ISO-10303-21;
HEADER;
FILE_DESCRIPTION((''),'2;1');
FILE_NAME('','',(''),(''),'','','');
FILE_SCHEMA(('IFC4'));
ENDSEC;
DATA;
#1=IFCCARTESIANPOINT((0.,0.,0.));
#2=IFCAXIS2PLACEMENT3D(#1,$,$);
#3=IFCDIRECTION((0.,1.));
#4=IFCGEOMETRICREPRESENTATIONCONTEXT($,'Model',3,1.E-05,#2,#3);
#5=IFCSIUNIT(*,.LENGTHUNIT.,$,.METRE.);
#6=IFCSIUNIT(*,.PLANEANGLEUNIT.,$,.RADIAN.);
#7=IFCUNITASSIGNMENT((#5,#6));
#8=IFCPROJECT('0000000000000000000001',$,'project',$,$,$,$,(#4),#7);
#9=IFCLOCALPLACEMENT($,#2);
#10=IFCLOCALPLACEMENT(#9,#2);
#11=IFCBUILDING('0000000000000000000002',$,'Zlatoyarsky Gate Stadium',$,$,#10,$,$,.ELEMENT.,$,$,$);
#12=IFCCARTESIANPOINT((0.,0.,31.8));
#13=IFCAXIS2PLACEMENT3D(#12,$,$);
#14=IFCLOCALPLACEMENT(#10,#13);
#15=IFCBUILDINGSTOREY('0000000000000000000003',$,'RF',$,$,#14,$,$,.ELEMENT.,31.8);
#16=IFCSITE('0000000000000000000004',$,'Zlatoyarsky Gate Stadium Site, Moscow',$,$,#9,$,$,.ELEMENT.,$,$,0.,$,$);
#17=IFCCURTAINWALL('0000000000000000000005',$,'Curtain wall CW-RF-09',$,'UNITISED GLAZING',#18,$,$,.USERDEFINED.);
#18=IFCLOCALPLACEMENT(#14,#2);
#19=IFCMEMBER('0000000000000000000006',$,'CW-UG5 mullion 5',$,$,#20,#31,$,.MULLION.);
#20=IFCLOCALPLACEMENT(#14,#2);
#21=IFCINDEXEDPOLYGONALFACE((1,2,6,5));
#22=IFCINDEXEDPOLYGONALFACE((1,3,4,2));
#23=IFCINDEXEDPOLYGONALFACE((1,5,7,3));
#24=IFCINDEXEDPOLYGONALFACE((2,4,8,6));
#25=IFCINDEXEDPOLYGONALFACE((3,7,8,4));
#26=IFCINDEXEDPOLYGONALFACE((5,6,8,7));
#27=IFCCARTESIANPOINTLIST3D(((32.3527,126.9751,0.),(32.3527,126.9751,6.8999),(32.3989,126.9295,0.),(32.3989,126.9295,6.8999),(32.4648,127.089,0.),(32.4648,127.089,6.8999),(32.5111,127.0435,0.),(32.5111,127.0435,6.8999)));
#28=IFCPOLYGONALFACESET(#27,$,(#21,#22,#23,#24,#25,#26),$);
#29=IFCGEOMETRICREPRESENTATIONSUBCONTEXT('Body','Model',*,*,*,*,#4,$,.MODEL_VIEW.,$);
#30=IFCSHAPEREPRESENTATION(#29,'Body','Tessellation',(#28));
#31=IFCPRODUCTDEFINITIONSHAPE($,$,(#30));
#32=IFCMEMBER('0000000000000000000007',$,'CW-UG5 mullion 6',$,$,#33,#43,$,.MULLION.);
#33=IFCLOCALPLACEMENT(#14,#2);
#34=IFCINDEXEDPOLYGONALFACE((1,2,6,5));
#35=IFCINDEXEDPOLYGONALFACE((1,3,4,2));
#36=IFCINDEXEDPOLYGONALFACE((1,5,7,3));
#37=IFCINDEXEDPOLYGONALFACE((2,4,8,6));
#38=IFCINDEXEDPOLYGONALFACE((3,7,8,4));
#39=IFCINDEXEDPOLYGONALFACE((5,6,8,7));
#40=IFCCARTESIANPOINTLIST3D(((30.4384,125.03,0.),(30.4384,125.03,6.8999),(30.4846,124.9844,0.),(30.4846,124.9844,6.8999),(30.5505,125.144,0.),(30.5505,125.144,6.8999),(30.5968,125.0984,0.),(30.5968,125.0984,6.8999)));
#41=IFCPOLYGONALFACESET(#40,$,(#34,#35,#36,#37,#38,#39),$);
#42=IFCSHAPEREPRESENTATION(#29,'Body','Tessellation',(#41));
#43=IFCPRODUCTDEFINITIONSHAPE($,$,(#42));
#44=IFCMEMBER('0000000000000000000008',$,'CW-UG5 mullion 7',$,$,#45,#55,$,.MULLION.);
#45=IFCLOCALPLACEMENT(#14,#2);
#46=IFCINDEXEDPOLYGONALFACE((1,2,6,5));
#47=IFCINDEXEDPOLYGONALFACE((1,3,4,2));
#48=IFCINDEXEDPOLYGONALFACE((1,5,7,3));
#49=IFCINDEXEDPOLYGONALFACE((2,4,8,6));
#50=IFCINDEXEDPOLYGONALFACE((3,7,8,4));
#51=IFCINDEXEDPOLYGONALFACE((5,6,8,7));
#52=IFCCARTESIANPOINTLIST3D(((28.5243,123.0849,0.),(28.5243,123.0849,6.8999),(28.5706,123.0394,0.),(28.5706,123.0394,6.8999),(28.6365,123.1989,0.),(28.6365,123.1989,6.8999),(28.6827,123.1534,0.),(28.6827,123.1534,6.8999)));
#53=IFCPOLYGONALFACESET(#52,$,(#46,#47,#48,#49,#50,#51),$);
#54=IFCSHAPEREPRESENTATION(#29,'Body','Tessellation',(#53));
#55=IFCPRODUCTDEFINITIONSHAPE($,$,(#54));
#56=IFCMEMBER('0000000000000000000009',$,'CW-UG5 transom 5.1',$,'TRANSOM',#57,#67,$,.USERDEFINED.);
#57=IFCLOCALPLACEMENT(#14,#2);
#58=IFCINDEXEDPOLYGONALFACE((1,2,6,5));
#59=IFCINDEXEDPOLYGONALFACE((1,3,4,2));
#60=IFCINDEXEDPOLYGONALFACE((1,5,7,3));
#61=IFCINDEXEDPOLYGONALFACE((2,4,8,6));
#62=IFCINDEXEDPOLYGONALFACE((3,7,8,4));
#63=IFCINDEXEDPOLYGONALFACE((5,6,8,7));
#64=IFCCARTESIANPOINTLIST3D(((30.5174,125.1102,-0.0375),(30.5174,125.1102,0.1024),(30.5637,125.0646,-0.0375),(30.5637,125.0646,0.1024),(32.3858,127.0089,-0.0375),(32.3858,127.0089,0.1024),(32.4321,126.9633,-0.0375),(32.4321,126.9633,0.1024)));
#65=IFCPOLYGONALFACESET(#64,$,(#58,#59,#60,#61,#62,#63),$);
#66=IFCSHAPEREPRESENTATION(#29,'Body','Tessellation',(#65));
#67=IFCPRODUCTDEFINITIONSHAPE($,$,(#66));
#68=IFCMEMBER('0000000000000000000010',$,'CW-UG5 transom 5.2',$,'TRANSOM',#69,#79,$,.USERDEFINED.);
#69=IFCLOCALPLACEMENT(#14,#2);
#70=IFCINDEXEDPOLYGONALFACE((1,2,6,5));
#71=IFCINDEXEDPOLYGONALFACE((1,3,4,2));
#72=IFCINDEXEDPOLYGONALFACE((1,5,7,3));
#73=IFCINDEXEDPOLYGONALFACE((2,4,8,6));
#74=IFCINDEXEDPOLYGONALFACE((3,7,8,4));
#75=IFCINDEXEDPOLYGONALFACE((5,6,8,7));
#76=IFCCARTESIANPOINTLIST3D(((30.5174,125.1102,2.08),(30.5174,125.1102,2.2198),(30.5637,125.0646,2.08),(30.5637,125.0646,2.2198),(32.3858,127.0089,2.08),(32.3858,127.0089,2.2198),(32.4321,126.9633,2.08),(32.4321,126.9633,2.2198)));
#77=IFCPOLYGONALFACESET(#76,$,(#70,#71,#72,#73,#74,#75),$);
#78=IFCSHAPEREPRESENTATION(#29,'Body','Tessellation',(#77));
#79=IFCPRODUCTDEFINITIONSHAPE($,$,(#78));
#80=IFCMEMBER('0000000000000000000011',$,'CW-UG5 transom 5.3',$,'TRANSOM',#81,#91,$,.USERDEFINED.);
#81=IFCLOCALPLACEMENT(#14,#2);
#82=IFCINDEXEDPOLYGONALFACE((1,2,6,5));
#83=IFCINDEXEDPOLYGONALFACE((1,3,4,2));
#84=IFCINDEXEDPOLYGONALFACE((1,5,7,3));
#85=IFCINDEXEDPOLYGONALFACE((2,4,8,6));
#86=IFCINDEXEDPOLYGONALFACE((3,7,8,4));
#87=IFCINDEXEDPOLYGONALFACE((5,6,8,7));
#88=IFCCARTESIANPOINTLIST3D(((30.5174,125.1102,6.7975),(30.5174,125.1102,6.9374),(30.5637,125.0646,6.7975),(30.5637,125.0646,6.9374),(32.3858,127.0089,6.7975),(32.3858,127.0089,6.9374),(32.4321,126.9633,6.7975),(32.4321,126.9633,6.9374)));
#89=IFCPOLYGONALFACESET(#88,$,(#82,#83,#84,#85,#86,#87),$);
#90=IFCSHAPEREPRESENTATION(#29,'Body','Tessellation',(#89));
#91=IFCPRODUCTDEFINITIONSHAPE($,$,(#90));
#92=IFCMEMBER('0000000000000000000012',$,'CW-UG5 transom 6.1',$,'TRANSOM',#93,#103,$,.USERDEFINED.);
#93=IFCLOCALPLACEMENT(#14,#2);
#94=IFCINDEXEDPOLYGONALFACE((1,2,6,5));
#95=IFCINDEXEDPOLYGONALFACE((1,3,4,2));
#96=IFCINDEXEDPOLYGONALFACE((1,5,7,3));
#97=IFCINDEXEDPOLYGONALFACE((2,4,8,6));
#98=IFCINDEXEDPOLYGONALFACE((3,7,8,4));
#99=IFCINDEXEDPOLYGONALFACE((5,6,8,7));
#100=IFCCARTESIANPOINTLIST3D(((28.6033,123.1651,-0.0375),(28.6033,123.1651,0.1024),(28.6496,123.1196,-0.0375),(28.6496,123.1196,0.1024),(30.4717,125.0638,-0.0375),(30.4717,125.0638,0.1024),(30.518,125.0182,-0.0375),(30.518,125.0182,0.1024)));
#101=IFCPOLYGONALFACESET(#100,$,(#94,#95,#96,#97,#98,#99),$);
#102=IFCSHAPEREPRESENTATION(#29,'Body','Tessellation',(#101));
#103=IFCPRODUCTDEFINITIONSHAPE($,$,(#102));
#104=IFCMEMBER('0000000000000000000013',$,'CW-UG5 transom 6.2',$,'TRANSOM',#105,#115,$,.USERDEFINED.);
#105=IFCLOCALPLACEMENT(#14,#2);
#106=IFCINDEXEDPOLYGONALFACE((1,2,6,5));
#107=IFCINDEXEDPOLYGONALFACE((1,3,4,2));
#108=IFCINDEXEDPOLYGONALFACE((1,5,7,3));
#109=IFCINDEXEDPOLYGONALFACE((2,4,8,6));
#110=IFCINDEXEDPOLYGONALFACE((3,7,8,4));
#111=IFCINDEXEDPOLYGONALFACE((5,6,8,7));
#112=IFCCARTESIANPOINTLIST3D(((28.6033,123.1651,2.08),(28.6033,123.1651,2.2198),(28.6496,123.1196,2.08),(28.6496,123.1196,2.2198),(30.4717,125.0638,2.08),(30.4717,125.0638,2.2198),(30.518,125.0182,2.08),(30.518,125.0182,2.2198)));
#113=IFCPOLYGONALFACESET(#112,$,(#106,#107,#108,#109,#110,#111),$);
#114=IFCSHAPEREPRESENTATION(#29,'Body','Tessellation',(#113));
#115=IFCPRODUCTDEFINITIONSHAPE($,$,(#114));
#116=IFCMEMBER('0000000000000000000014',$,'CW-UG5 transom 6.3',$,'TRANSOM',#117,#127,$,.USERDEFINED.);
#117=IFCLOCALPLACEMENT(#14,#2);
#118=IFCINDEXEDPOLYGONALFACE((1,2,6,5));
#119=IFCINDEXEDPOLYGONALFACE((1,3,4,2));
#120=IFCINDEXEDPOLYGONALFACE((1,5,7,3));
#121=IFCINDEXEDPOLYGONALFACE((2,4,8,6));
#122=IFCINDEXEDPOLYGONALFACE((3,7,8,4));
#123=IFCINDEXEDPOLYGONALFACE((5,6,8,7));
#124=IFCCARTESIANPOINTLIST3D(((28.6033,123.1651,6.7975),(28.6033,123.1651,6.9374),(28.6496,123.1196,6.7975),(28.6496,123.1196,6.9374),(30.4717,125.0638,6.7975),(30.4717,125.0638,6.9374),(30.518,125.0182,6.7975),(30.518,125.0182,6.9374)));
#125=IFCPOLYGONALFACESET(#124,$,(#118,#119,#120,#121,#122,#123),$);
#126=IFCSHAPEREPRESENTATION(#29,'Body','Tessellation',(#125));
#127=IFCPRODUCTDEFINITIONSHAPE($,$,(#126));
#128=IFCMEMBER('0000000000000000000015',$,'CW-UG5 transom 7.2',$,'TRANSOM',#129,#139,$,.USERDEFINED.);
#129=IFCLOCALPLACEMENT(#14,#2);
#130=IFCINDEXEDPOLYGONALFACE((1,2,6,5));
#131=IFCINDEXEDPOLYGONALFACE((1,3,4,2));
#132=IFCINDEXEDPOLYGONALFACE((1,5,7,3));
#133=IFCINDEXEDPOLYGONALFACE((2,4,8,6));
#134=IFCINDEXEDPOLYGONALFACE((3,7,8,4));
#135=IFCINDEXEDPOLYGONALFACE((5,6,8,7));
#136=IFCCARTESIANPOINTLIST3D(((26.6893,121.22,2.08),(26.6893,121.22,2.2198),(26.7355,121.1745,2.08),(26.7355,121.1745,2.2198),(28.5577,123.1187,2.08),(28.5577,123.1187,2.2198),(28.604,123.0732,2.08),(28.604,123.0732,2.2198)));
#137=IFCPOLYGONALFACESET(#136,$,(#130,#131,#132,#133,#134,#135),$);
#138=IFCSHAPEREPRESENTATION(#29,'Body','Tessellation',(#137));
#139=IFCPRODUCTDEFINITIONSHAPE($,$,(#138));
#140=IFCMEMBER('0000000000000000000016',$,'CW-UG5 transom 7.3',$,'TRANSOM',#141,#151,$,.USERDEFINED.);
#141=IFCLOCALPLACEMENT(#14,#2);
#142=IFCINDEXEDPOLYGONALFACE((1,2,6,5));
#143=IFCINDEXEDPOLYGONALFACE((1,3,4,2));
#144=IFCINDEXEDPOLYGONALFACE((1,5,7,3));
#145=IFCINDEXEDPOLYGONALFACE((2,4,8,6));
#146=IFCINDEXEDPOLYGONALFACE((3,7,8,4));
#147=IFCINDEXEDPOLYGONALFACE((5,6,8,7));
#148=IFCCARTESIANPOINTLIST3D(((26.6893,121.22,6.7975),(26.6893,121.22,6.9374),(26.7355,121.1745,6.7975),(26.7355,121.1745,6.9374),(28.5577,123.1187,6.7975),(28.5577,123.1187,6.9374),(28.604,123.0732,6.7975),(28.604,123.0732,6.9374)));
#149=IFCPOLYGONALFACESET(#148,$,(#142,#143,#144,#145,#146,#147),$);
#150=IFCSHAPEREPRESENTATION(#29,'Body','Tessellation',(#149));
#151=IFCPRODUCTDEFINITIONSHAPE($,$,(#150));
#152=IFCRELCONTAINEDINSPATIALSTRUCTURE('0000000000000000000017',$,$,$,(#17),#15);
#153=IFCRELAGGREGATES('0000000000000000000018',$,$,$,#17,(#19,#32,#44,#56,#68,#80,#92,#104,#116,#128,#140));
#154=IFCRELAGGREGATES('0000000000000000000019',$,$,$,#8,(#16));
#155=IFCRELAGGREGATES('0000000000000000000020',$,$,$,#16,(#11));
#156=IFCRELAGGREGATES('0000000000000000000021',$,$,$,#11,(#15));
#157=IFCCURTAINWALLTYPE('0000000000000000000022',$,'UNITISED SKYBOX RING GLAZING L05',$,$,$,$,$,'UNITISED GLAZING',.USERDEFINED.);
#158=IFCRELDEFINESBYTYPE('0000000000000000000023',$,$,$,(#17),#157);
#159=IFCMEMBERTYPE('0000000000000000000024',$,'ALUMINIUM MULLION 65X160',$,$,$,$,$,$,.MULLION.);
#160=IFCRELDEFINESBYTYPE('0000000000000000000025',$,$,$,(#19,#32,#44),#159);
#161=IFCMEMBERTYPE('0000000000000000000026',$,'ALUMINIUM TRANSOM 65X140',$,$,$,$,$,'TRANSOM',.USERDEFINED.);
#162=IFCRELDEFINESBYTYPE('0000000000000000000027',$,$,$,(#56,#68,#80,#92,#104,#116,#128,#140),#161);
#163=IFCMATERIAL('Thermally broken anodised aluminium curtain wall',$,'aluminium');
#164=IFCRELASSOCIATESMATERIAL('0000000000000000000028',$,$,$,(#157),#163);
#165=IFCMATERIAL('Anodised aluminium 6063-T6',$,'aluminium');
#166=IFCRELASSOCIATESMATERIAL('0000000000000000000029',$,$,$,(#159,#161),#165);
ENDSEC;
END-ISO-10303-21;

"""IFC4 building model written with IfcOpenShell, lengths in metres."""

from ifc_helpers import new_model, si_unit, direction, frame, origin, origin_2d, place, context, subcontext, project, spatial, rectangle, extrude, material, material_profile, profile_set, type_object, element, aggregate, save


model = new_model("IFC4")

# Units and contexts
model_context = context("Model", 3, precision=1e-05, world=origin(), true_north=direction((0.0, 1.0)))
body_context = subcontext(model_context, "Body", "Model", "MODEL_VIEW")
ifc_project = project(units=[si_unit("LENGTHUNIT", "METRE"), si_unit("PLANEANGLEUNIT", "RADIAN")], contexts=[model_context])

# Site, building, storey
site_placement = place(None, origin())
site = spatial("IfcSite", under=ifc_project, at=site_placement, Name="Zlatoyarsky Gate Stadium Site, Moscow", CompositionType="ELEMENT", RefElevation=0.0)
building_placement = place(site_placement, origin())
building = spatial("IfcBuilding", under=site, at=building_placement, Name="Zlatoyarsky Gate Stadium", CompositionType="ELEMENT")
storey_placement = place(building_placement, frame((0.0, 0.0, 31.8)))
storey = spatial("IfcBuildingStorey", under=building, at=storey_placement, Name="RF", CompositionType="ELEMENT", Elevation=31.8)

# Curtain wall, members
ifc_material_1 = material(Name="Thermally broken anodised aluminium curtain wall", Category="aluminium")
curtain_wall_type = type_object("IfcCurtainWallType", Name="UNITISED SKYBOX RING GLAZING L05", ElementType="UNITISED GLAZING", PredefinedType="USERDEFINED", material=ifc_material_1)
curtain_wall_placement = place(storey_placement, origin())
curtain_wall = element("IfcCurtainWall", 1, at=curtain_wall_placement, inside=storey, type_object=curtain_wall_type, Name="Curtain wall CW-RF-09", ObjectType="UNITISED GLAZING", PredefinedType="USERDEFINED")
ifc_material_2 = material(Name="Anodised aluminium 6063-T6", Category="aluminium")
ifc_material_profile_1 = material_profile(ifc_material_2, rectangle(XDim=0.0649, YDim=0.1599, at=origin_2d()), Name="ALU 65X160")
ifc_profile_set_1 = profile_set([ifc_material_profile_1], Name="Anodised aluminium 6063-T6")
member_type_1 = type_object("IfcMemberType", Name="ALUMINIUM MULLION 65X160", PredefinedType="MULLION", material=ifc_profile_set_1)
member_1_placement = place(storey_placement, frame((32.4319, 127.0093, 0.0), z_axis=(0.0, 0.0, 1.0), x_axis=(0.712766, -0.701402, 0.0)))
member_1 = element("IfcMember", 2, at=member_1_placement, type_object=member_type_1, Name="CW-UG5 mullion 5", PredefinedType="MULLION", context=body_context, shape_type="SweptSolid", body=[
    extrude(rectangle(XDim=0.0649, YDim=0.1599, at=origin_2d()), origin(), (0.0, 0.0, 1.0), 6.8999),
])
member_2_placement = place(storey_placement, frame((30.5176, 125.0642, 0.0), z_axis=(0.0, 0.0, 1.0), x_axis=(0.712766, -0.701402, 0.0)))
member_2 = element("IfcMember", 3, at=member_2_placement, type_object=member_type_1, Name="CW-UG5 mullion 6", PredefinedType="MULLION", context=body_context, shape_type="SweptSolid", body=[
    extrude(rectangle(XDim=0.0649, YDim=0.1599, at=origin_2d()), origin(), (0.0, 0.0, 1.0), 6.8999),
])
member_3_placement = place(storey_placement, frame((28.6035, 123.1191, 0.0), z_axis=(0.0, 0.0, 1.0), x_axis=(0.712766, -0.701402, 0.0)))
member_3 = element("IfcMember", 4, at=member_3_placement, type_object=member_type_1, Name="CW-UG5 mullion 7", PredefinedType="MULLION", context=body_context, shape_type="SweptSolid", body=[
    extrude(rectangle(XDim=0.0649, YDim=0.1599, at=origin_2d()), origin(), (0.0, 0.0, 1.0), 6.8999),
])
ifc_material_profile_2 = material_profile(ifc_material_2, rectangle(XDim=0.0649, YDim=0.1399, at=origin_2d()), Name="ALU 65X140")
ifc_profile_set_2 = profile_set([ifc_material_profile_2], Name="Anodised aluminium 6063-T6")
member_type_2 = type_object("IfcMemberType", Name="ALUMINIUM TRANSOM 65X140", ElementType="TRANSOM", PredefinedType="USERDEFINED", material=ifc_profile_set_2)
member_4_placement = place(storey_placement, frame((32.4089, 126.9861, 0.0325), z_axis=(-0.701402, -0.712766, 0.0), x_axis=(0.712766, -0.701402, 0.0)))
member_4 = element("IfcMember", 5, at=member_4_placement, type_object=member_type_2, Name="CW-UG5 transom 5.1", ObjectType="TRANSOM", PredefinedType="USERDEFINED", context=body_context, shape_type="SweptSolid", body=[
    extrude(rectangle(XDim=0.0649, YDim=0.1399, at=origin_2d()), origin(), (0.0, 0.0, 1.0), 2.6638),
])
member_5_placement = place(storey_placement, frame((32.4089, 126.9861, 2.1499), z_axis=(-0.701402, -0.712766, 0.0), x_axis=(0.712766, -0.701402, 0.0)))
member_5 = element("IfcMember", 6, at=member_5_placement, type_object=member_type_2, Name="CW-UG5 transom 5.2", ObjectType="TRANSOM", PredefinedType="USERDEFINED", context=body_context, shape_type="SweptSolid", body=[
    extrude(rectangle(XDim=0.0649, YDim=0.1399, at=origin_2d()), origin(), (0.0, 0.0, 1.0), 2.6638),
])
member_6_placement = place(storey_placement, frame((32.4089, 126.9861, 6.8674), z_axis=(-0.701402, -0.712766, 0.0), x_axis=(0.712766, -0.701402, 0.0)))
member_6 = element("IfcMember", 7, at=member_6_placement, type_object=member_type_2, Name="CW-UG5 transom 5.3", ObjectType="TRANSOM", PredefinedType="USERDEFINED", context=body_context, shape_type="SweptSolid", body=[
    extrude(rectangle(XDim=0.0649, YDim=0.1399, at=origin_2d()), origin(), (0.0, 0.0, 1.0), 2.6638),
])
member_7_placement = place(storey_placement, frame((30.4949, 125.041, 0.0325), z_axis=(-0.701402, -0.712766, 0.0), x_axis=(0.712766, -0.701402, 0.0)))
member_7 = element("IfcMember", 8, at=member_7_placement, type_object=member_type_2, Name="CW-UG5 transom 6.1", ObjectType="TRANSOM", PredefinedType="USERDEFINED", context=body_context, shape_type="SweptSolid", body=[
    extrude(rectangle(XDim=0.0649, YDim=0.1399, at=origin_2d()), origin(), (0.0, 0.0, 1.0), 2.6638),
])
member_8_placement = place(storey_placement, frame((30.4949, 125.041, 2.1499), z_axis=(-0.701402, -0.712766, 0.0), x_axis=(0.712766, -0.701402, 0.0)))
member_8 = element("IfcMember", 9, at=member_8_placement, type_object=member_type_2, Name="CW-UG5 transom 6.2", ObjectType="TRANSOM", PredefinedType="USERDEFINED", context=body_context, shape_type="SweptSolid", body=[
    extrude(rectangle(XDim=0.0649, YDim=0.1399, at=origin_2d()), origin(), (0.0, 0.0, 1.0), 2.6638),
])
member_9_placement = place(storey_placement, frame((30.4949, 125.041, 6.8674), z_axis=(-0.701402, -0.712766, 0.0), x_axis=(0.712766, -0.701402, 0.0)))
member_9 = element("IfcMember", 10, at=member_9_placement, type_object=member_type_2, Name="CW-UG5 transom 6.3", ObjectType="TRANSOM", PredefinedType="USERDEFINED", context=body_context, shape_type="SweptSolid", body=[
    extrude(rectangle(XDim=0.0649, YDim=0.1399, at=origin_2d()), origin(), (0.0, 0.0, 1.0), 2.6638),
])
member_10_placement = place(storey_placement, frame((28.5808, 123.0959, 2.1499), z_axis=(-0.701402, -0.712766, 0.0), x_axis=(0.712766, -0.701402, 0.0)))
member_10 = element("IfcMember", 11, at=member_10_placement, type_object=member_type_2, Name="CW-UG5 transom 7.2", ObjectType="TRANSOM", PredefinedType="USERDEFINED", context=body_context, shape_type="SweptSolid", body=[
    extrude(rectangle(XDim=0.0649, YDim=0.1399, at=origin_2d()), origin(), (0.0, 0.0, 1.0), 2.6638),
])
member_11_placement = place(storey_placement, frame((28.5808, 123.0959, 6.8674), z_axis=(-0.701402, -0.712766, 0.0), x_axis=(0.712766, -0.701402, 0.0)))
member_11 = element("IfcMember", 12, at=member_11_placement, type_object=member_type_2, Name="CW-UG5 transom 7.3", ObjectType="TRANSOM", PredefinedType="USERDEFINED", context=body_context, shape_type="SweptSolid", body=[
    extrude(rectangle(XDim=0.0649, YDim=0.1399, at=origin_2d()), origin(), (0.0, 0.0, 1.0), 2.6638),
])

aggregate(curtain_wall, [member_1, member_2, member_3, member_4, member_5, member_6, member_7, member_8, member_9, member_10, member_11])

save(model, "model.ifc")
